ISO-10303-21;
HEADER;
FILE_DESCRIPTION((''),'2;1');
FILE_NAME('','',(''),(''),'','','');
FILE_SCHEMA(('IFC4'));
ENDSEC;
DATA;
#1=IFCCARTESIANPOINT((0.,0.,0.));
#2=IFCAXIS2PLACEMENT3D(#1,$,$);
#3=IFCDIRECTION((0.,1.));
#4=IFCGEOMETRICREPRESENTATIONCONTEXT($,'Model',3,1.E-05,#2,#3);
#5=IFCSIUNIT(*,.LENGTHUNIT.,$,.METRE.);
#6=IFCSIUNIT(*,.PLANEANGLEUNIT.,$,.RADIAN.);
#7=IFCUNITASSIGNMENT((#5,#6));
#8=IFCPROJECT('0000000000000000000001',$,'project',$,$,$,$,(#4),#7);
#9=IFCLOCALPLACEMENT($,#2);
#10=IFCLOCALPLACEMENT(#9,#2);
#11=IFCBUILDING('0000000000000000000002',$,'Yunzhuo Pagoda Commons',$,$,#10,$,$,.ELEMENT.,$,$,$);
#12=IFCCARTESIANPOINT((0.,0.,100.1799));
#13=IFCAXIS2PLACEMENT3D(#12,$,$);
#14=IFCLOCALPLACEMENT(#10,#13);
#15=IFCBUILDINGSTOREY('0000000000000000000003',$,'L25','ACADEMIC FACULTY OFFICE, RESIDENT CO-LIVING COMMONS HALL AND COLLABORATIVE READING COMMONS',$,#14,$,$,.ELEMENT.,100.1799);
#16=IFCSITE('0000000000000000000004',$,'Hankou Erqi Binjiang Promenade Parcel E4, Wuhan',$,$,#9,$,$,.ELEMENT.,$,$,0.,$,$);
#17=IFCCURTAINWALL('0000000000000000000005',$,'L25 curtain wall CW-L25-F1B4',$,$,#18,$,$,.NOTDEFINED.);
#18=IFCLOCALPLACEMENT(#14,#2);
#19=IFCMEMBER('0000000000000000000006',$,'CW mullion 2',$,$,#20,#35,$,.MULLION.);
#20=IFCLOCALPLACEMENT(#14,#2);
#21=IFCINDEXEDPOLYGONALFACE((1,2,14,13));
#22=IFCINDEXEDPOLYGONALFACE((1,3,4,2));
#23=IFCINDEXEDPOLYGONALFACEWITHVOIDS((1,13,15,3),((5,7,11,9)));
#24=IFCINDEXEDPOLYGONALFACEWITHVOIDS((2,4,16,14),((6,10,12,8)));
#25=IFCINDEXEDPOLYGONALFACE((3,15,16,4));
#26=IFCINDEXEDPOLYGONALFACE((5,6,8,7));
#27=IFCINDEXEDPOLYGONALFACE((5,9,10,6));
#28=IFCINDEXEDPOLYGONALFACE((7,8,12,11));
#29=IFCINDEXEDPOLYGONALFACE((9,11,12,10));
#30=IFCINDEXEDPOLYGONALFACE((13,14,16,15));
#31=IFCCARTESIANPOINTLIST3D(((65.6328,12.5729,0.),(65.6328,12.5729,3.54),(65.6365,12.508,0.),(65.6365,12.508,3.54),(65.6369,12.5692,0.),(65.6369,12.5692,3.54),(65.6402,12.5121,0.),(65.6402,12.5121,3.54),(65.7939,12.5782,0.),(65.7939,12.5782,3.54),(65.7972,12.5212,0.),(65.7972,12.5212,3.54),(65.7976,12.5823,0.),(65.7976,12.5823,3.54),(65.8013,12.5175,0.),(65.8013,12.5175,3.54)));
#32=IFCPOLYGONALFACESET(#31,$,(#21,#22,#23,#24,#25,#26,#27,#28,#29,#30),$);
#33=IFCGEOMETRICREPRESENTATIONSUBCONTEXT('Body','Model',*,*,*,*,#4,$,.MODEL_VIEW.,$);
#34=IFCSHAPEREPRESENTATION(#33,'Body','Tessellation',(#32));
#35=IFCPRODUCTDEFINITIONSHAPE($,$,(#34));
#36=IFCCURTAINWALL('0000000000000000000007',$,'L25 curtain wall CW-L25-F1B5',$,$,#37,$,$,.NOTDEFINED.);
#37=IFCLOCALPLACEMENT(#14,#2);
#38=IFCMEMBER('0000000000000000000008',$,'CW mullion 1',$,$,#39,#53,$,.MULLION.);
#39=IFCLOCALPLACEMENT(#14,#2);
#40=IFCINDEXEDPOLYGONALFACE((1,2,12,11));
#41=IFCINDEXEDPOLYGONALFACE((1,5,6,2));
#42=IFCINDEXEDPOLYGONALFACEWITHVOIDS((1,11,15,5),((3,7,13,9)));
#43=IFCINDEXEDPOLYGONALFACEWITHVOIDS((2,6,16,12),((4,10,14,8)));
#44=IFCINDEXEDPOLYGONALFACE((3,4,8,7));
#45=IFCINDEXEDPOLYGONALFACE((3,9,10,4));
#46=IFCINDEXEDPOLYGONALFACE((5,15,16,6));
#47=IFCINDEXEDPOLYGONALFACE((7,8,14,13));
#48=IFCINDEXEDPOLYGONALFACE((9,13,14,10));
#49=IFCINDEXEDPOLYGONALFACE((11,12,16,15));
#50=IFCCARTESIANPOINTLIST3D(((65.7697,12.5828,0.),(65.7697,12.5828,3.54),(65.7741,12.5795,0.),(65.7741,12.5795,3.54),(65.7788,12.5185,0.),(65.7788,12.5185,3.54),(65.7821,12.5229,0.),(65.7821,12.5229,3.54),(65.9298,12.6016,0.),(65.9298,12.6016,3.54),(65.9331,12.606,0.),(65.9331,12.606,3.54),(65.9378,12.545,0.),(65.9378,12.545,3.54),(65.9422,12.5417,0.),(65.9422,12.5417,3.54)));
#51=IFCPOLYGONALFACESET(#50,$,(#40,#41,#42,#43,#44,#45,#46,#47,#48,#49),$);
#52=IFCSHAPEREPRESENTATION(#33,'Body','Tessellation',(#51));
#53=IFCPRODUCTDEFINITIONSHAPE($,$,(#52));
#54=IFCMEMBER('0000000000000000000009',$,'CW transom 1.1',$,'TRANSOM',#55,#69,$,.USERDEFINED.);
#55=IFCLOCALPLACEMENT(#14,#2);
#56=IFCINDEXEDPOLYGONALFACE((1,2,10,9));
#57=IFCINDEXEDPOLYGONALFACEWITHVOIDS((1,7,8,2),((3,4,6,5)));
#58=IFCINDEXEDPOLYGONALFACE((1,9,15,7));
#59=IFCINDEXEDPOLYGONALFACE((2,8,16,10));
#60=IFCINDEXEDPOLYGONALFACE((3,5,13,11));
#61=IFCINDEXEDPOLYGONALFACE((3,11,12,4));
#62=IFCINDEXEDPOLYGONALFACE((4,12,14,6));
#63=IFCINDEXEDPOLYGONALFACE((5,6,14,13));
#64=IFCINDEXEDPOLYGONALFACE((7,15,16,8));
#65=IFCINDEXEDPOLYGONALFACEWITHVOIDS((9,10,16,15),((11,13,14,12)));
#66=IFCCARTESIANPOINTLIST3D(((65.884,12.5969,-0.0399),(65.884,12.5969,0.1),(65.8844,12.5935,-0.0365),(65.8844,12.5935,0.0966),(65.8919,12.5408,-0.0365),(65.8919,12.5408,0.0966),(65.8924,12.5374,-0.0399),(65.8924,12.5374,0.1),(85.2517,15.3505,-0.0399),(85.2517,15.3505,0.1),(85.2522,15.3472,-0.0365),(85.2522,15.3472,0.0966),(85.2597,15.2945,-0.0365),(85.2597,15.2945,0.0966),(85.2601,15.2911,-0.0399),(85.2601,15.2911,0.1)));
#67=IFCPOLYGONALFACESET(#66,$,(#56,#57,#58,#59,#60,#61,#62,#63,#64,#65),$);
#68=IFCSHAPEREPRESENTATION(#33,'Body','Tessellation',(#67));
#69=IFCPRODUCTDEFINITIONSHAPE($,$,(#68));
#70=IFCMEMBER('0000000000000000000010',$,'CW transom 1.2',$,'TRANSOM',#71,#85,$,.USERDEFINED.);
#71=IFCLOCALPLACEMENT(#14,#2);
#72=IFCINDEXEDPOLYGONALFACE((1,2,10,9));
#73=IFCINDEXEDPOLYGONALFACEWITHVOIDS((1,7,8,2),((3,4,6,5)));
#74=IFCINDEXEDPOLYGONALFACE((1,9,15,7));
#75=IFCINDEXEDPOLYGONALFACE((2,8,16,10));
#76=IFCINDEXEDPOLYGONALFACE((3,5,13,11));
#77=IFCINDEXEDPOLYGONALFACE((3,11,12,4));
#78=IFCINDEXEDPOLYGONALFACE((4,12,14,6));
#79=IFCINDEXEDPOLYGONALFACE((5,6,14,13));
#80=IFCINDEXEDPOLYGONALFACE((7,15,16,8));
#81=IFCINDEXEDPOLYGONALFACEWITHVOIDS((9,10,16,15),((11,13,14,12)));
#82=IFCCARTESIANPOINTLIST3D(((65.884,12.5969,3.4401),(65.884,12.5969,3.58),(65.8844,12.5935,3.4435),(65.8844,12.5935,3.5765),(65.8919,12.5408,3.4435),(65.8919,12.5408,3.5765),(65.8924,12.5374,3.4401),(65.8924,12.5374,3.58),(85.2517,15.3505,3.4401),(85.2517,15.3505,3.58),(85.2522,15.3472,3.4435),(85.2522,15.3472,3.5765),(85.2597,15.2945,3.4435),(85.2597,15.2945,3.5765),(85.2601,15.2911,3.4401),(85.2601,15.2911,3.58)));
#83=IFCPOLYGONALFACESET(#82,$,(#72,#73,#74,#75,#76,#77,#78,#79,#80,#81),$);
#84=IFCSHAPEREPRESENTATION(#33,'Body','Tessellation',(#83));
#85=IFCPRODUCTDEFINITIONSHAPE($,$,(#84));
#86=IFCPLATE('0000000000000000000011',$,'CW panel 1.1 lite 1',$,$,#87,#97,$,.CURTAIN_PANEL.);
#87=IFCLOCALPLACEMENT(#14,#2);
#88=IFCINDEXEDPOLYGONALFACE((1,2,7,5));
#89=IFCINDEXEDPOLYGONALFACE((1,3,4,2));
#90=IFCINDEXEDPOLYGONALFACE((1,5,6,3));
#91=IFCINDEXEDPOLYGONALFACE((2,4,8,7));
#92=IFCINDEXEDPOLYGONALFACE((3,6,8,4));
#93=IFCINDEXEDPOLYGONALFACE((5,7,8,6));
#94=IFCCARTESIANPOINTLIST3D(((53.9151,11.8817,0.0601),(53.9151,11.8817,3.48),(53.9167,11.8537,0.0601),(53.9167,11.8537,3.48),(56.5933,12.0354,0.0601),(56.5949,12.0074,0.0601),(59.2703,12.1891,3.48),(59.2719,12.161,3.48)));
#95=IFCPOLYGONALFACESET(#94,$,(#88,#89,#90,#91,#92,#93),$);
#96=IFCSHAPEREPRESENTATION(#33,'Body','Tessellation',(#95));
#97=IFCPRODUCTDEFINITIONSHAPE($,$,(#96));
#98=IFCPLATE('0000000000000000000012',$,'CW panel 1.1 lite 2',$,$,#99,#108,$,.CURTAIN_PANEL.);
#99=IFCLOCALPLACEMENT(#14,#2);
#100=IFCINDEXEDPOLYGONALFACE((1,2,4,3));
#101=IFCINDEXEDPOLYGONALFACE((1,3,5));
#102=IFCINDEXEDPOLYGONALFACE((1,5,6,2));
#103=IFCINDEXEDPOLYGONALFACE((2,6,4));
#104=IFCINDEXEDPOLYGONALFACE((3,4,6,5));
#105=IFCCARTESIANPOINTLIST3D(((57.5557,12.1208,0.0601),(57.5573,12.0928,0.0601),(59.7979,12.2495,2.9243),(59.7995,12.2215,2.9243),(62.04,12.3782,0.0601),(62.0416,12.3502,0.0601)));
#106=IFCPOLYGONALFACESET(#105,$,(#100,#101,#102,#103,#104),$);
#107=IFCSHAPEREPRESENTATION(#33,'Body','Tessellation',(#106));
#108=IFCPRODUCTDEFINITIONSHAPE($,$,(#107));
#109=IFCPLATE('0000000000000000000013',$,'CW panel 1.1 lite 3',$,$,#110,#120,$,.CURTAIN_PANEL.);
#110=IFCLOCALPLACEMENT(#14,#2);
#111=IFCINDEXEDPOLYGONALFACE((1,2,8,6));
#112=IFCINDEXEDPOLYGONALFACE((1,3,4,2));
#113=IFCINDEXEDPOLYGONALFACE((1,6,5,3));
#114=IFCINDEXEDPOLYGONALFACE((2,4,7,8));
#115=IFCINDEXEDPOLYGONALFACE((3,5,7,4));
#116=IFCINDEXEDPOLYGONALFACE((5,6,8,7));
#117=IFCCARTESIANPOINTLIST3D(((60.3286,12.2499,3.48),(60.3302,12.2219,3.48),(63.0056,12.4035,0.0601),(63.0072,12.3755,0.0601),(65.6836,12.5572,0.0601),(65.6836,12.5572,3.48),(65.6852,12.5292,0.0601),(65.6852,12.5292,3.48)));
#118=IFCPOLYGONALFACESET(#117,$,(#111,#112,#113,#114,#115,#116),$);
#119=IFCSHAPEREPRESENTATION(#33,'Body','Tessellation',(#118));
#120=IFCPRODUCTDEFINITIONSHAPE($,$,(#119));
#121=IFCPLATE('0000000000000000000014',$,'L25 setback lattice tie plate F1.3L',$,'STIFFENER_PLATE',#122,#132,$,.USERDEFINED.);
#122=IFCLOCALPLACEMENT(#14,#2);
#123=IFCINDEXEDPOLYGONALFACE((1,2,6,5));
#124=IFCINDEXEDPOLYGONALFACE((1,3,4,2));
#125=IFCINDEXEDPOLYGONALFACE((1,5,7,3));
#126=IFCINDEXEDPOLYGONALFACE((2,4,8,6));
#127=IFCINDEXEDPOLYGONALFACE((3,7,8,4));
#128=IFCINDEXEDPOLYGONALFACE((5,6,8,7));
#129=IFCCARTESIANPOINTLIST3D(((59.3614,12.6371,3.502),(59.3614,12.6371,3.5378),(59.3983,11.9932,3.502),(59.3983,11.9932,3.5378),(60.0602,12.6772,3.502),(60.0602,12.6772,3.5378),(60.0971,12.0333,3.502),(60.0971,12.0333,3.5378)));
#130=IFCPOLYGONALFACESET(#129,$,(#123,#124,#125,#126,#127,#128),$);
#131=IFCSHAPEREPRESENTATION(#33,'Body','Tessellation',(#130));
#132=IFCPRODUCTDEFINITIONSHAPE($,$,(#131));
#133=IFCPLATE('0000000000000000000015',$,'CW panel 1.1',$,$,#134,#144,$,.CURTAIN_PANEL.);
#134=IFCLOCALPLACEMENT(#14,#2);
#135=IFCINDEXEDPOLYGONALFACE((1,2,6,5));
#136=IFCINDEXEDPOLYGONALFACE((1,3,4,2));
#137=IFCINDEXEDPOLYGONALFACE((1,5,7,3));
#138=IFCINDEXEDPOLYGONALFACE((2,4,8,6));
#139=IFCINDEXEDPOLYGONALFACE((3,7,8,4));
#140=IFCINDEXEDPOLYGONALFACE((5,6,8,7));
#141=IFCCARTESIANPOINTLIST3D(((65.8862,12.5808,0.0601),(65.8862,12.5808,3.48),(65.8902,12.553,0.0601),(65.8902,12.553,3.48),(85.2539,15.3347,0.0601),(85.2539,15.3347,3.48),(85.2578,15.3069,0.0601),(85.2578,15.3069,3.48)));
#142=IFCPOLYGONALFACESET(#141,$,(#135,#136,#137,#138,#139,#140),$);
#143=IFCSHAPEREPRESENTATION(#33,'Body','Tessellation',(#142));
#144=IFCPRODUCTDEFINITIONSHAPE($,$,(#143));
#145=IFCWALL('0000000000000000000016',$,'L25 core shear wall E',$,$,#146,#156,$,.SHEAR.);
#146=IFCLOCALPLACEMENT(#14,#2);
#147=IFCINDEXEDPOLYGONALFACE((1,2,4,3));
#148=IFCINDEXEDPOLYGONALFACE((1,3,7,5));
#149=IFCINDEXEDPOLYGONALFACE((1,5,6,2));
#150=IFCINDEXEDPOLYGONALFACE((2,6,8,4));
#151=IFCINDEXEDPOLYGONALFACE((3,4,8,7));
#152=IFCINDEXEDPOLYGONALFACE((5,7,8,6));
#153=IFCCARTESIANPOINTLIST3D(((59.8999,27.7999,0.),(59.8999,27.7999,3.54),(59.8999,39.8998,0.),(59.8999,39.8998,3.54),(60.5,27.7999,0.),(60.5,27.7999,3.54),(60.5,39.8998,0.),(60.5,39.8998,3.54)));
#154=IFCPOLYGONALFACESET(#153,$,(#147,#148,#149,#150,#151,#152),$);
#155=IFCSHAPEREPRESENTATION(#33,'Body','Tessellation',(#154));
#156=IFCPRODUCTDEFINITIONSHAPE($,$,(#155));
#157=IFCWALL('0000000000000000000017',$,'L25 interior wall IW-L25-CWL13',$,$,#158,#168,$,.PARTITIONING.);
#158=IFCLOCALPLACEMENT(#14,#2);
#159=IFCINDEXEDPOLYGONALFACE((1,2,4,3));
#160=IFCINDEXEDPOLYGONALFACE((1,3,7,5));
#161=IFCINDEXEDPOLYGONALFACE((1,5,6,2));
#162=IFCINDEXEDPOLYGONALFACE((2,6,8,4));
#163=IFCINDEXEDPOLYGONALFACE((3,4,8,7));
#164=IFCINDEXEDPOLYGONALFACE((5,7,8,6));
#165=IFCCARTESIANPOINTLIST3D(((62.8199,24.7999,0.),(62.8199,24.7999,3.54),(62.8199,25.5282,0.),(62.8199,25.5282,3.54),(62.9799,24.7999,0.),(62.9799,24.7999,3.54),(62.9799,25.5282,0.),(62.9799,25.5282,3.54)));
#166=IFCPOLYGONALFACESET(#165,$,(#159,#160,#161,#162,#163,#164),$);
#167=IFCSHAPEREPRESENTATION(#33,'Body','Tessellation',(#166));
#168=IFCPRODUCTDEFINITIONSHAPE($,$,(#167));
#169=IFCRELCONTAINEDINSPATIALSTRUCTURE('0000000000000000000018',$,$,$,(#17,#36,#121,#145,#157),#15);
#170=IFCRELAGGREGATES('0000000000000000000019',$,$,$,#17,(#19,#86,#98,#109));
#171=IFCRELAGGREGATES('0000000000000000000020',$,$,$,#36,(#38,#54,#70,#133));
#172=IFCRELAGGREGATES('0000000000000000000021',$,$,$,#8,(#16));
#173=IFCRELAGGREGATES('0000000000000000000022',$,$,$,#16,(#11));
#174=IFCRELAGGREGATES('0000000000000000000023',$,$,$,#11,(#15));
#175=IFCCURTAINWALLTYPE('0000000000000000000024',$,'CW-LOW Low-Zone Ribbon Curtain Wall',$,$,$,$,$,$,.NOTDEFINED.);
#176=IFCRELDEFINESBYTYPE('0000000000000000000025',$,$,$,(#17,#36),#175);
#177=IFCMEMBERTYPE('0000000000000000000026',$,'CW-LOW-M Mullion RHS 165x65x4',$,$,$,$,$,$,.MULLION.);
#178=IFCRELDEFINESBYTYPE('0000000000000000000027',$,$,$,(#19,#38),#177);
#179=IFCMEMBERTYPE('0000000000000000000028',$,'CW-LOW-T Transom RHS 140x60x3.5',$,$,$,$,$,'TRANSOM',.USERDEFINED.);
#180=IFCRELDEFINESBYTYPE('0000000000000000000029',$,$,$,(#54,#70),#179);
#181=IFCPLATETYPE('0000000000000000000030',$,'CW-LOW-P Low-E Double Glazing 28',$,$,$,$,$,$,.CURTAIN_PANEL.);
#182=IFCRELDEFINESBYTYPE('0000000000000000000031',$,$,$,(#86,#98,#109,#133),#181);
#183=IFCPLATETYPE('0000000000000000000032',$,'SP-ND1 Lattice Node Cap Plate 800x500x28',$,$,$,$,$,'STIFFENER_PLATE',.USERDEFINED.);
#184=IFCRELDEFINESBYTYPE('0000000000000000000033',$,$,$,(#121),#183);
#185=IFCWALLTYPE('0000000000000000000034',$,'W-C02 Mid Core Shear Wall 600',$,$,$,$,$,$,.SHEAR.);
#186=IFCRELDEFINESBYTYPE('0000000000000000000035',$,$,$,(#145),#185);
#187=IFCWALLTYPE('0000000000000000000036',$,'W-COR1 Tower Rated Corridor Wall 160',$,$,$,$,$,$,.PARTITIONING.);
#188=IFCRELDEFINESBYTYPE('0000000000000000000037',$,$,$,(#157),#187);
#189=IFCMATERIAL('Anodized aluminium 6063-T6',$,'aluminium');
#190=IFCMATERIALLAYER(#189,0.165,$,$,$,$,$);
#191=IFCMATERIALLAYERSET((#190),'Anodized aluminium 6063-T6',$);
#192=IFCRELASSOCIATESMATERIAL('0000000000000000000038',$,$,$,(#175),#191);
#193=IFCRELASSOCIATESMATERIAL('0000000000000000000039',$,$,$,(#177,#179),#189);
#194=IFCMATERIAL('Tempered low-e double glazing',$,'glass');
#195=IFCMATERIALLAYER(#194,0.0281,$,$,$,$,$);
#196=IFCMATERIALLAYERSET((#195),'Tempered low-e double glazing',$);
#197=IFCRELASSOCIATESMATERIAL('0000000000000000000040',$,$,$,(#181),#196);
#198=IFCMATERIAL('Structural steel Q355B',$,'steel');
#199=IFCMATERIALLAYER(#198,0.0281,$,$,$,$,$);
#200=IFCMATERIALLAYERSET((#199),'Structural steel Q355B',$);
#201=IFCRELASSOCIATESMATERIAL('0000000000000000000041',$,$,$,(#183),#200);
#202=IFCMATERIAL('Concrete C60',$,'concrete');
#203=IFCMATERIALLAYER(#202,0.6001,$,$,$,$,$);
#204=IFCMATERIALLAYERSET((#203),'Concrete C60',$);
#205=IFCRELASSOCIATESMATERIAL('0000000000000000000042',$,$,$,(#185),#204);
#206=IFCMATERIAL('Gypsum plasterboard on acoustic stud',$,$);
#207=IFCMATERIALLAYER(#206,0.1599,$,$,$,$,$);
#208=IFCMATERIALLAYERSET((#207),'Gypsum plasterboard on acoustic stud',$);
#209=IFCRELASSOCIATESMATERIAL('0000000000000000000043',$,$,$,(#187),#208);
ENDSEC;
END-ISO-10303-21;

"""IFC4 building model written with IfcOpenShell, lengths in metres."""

from ifc_helpers import new_model, si_unit, direction, frame, frame_2d, origin, origin_2d, place, context, subcontext, project, spatial, polyline, rectangle, hollow_rectangle, outline, extrude, source, transform, mapped, material, layer, layer_set, material_profile, profile_set, type_object, element, aggregate, save


model = new_model("IFC4")

# Units and contexts
model_context = context("Model", 3, precision=1e-05, world=origin(), true_north=direction((0.0, 1.0)))
body_context = subcontext(model_context, "Body", "Model", "MODEL_VIEW")
ifc_project = project(units=[si_unit("LENGTHUNIT", "METRE"), si_unit("PLANEANGLEUNIT", "RADIAN")], contexts=[model_context])

# Site, building, storey
site_placement = place(None, origin())
site = spatial("IfcSite", under=ifc_project, at=site_placement, Name="Hankou Erqi Binjiang Promenade Parcel E4, Wuhan", CompositionType="ELEMENT", RefElevation=0.0)
building_placement = place(site_placement, origin())
building = spatial("IfcBuilding", under=site, at=building_placement, Name="Yunzhuo Pagoda Commons", CompositionType="ELEMENT")
storey_placement = place(building_placement, frame((0.0, 0.0, 100.1799)))
storey = spatial("IfcBuildingStorey", under=building, at=storey_placement, Name="L25", Description="ACADEMIC FACULTY OFFICE, RESIDENT CO-LIVING COMMONS HALL AND COLLABORATIVE READING COMMONS", CompositionType="ELEMENT", Elevation=100.1799)

# Shared definitions
ifc_material_1 = material(Name="Structural steel Q355B", Category="steel")

# Curtain wall, member
ifc_material_2 = material(Name="Anodized aluminium 6063-T6", Category="aluminium")
ifc_layer_1 = layer(ifc_material_2, 0.165)
ifc_layer_set_1 = layer_set([ifc_layer_1], Name="Anodized aluminium 6063-T6")
curtain_wall_type = type_object("IfcCurtainWallType", Name="CW-LOW Low-Zone Ribbon Curtain Wall", PredefinedType="NOTDEFINED", material=ifc_layer_set_1)
curtain_wall_1_placement = place(storey_placement, origin())
curtain_wall_1 = element("IfcCurtainWall", 1, at=curtain_wall_1_placement, inside=storey, type_object=curtain_wall_type, Name="L25 curtain wall CW-L25-F1B4", PredefinedType="NOTDEFINED")
ifc_material_profile_1 = material_profile(ifc_material_2, hollow_rectangle(XDim=0.0649, YDim=0.165, WallThickness=0.0039, at=origin_2d()), Name="Anodized aluminium 6063-T6")
ifc_profile_set_1 = profile_set([ifc_material_profile_1], Name="Anodized aluminium 6063-T6")
member_type_1 = type_object("IfcMemberType", Name="CW-LOW-M Mullion RHS 165x65x4", PredefinedType="MULLION", material=ifc_profile_set_1)
shared_shape_1 = source(origin(), body_context, "Body", "SweptSolid", [
    extrude(hollow_rectangle(XDim=0.0649, YDim=0.165, WallThickness=0.0039, at=origin_2d()), origin(), (0.0, 0.0, 1.0), 3.54),
])
member_1_placement = place(storey_placement, frame((65.717, 12.5452, 0.0), z_axis=(0.0, 0.0, 1.0), x_axis=(-0.057299, 0.998357, 0.0)))
member_1 = element("IfcMember", 2, at=member_1_placement, type_object=member_type_1, Name="CW mullion 2", PredefinedType="MULLION", context=body_context, shape_type="MappedRepresentation", body=[
    mapped(shared_shape_1, transform((0.0, 0.0, 0.0), scale=1.0)),
])

# Curtain wall, members
curtain_wall_2_placement = place(storey_placement, origin())
curtain_wall_2 = element("IfcCurtainWall", 3, at=curtain_wall_2_placement, inside=storey, type_object=curtain_wall_type, Name="L25 curtain wall CW-L25-F1B5", PredefinedType="NOTDEFINED")
member_2_placement = place(storey_placement, frame((65.856, 12.5623, 0.0), z_axis=(0.0, 0.0, 1.0), x_axis=(-0.140774, 0.990042, 0.0)))
member_2 = element("IfcMember", 4, at=member_2_placement, type_object=member_type_1, Name="CW mullion 1", PredefinedType="MULLION", context=body_context, shape_type="MappedRepresentation", body=[
    mapped(shared_shape_1, transform((0.0, 0.0, 0.0), scale=1.0)),
])
ifc_material_profile_2 = material_profile(ifc_material_2, hollow_rectangle(XDim=0.0601, YDim=0.1399, WallThickness=0.0034, at=origin_2d()), Name="Anodized aluminium 6063-T6")
ifc_profile_set_2 = profile_set([ifc_material_profile_2], Name="Anodized aluminium 6063-T6")
member_type_2 = type_object("IfcMemberType", Name="CW-LOW-T Transom RHS 140x60x3.5", ElementType="TRANSOM", PredefinedType="USERDEFINED", material=ifc_profile_set_2)
shared_shape_2 = source(origin(), body_context, "Body", "SweptSolid", [
    extrude(hollow_rectangle(XDim=0.0601, YDim=0.1399, WallThickness=0.0034, at=origin_2d()), origin(), (0.0, 0.0, 1.0), 19.5625),
])
member_3_placement = place(storey_placement, frame((65.8882, 12.5671, 0.03), z_axis=(0.990043, 0.140763, 0.0), x_axis=(-0.140763, 0.990043, 0.0)))
member_3 = element("IfcMember", 5, at=member_3_placement, type_object=member_type_2, Name="CW transom 1.1", ObjectType="TRANSOM", PredefinedType="USERDEFINED", context=body_context, shape_type="MappedRepresentation", body=[
    mapped(shared_shape_2, transform((0.0, 0.0, 0.0), scale=1.0)),
])
member_4_placement = place(storey_placement, frame((65.8882, 12.5671, 3.51), z_axis=(0.990043, 0.140763, 0.0), x_axis=(-0.140763, 0.990043, 0.0)))
member_4 = element("IfcMember", 6, at=member_4_placement, type_object=member_type_2, Name="CW transom 1.2", ObjectType="TRANSOM", PredefinedType="USERDEFINED", context=body_context, shape_type="MappedRepresentation", body=[
    mapped(shared_shape_2, transform((0.0, 0.0, 0.0), scale=1.0)),
])

# Plates
ifc_material_3 = material(Name="Tempered low-e double glazing", Category="glass")
ifc_layer_2 = layer(ifc_material_3, 0.0281)
ifc_layer_set_2 = layer_set([ifc_layer_2], Name="Tempered low-e double glazing")
plate_type_1 = type_object("IfcPlateType", Name="CW-LOW-P Low-E Double Glazing 28", PredefinedType="CURTAIN_PANEL", material=ifc_layer_set_2)
plate_1_placement = place(storey_placement, frame((56.5928, 12.0354, 1.77), z_axis=(0.057299, -0.998357, 0.0), x_axis=(0.998357, 0.057299, 0.0)))
plate_1 = element("IfcPlate", 7, at=plate_1_placement, type_object=plate_type_1, Name="CW panel 1.1 lite 1", PredefinedType="CURTAIN_PANEL", context=body_context, shape_type="SweptSolid", body=[
    extrude(outline(polyline([(-2.6821, -1.71), (0.0005, -1.71), (2.6819, 1.71), (-2.6821, 1.71), (-2.6821, -1.71)])), origin(), (0.0, 0.0, 1.0), 0.0281),
])
plate_2_placement = place(storey_placement, frame((59.7979, 12.2495, 1.4922), z_axis=(0.057299, -0.998357, 0.0), x_axis=(0.998357, 0.057299, 0.0)))
plate_2 = element("IfcPlate", 8, at=plate_2_placement, type_object=plate_type_1, Name="CW panel 1.1 lite 2", PredefinedType="CURTAIN_PANEL", context=body_context, shape_type="SweptSolid", body=[
    extrude(outline(polyline([(-2.2458, -1.4321), (2.2458, -1.4321), (0.0, 1.4321), (-2.2458, -1.4321)])), origin(), (0.0, 0.0, 1.0), 0.0281),
])
plate_3_placement = place(storey_placement, frame((63.0061, 12.4036, 1.77), z_axis=(0.057299, -0.998357, 0.0), x_axis=(0.998357, 0.057299, 0.0)))
plate_3 = element("IfcPlate", 9, at=plate_3_placement, type_object=plate_type_1, Name="CW panel 1.1 lite 3", PredefinedType="CURTAIN_PANEL", context=body_context, shape_type="SweptSolid", body=[
    extrude(outline(polyline([(-2.6819, 1.71), (-0.0005, -1.71), (2.6819, -1.71), (2.6819, 1.71), (-2.6819, 1.71)])), origin(), (0.0, 0.0, 1.0), 0.0281),
])
aggregate(curtain_wall_1, [member_1, plate_1, plate_2, plate_3])
ifc_layer_3 = layer(ifc_material_1, 0.0281)
ifc_layer_set_3 = layer_set([ifc_layer_3], Name="Structural steel Q355B")
plate_type_2 = type_object("IfcPlateType", Name="SP-ND1 Lattice Node Cap Plate 800x500x28", ElementType="STIFFENER_PLATE", PredefinedType="USERDEFINED", material=ifc_layer_set_3)
shared_shape_3 = source(origin(), body_context, "Body", "SweptSolid", [
    extrude(rectangle(XDim=0.7, YDim=0.645, at=origin_2d()), origin(), (0.0, 0.0, 1.0), 0.0359),
])
plate_4_placement = place(storey_placement, frame((59.7292, 12.3352, 3.502), z_axis=(0.0, 0.0, 1.0), x_axis=(0.998357, 0.057303, 0.0)))
element("IfcPlate", 10, at=plate_4_placement, inside=storey, type_object=plate_type_2, Name="L25 setback lattice tie plate F1.3L", ObjectType="STIFFENER_PLATE", PredefinedType="USERDEFINED", context=body_context, shape_type="MappedRepresentation", body=[
    mapped(shared_shape_3, transform((0.0, 0.0, 0.0), scale=1.0)),
])
shared_shape_4 = source(origin(), body_context, "Body", "SweptSolid", [
    extrude(rectangle(XDim=19.5625, YDim=0.0281, at=origin_2d()), origin(), (0.0, 0.0, 1.0), 3.4199),
])
plate_5_placement = place(storey_placement, frame((75.572, 13.9438, 0.0601), z_axis=(0.0, 0.0, 1.0), x_axis=(0.990042, 0.140774, 0.0)))
plate_5 = element("IfcPlate", 11, at=plate_5_placement, type_object=plate_type_1, Name="CW panel 1.1", PredefinedType="CURTAIN_PANEL", context=body_context, shape_type="MappedRepresentation", body=[
    mapped(shared_shape_4, transform((0.0, 0.0, 0.0), scale=1.0)),
])
aggregate(curtain_wall_2, [member_2, member_3, member_4, plate_5])

# Walls
ifc_material_4 = material(Name="Concrete C60", Category="concrete")
ifc_layer_4 = layer(ifc_material_4, 0.6001)
ifc_layer_set_4 = layer_set([ifc_layer_4], Name="Concrete C60")
wall_type_1 = type_object("IfcWallType", Name="W-C02 Mid Core Shear Wall 600", PredefinedType="SHEAR", material=ifc_layer_set_4)
wall_1_placement = place(storey_placement, frame((60.2, 27.8, 0.0), z_axis=(0.0, 0.0, 1.0), x_axis=(0.0, 1.0, 0.0)))
element("IfcWall", 12, at=wall_1_placement, inside=storey, type_object=wall_type_1, Name="L25 core shear wall E", PredefinedType="SHEAR", context=body_context, shape_type="SweptSolid", body=[
    extrude(rectangle(XDim=12.0999, YDim=0.6001, at=frame_2d((6.0498, 0.0))), origin(), (0.0, 0.0, 1.0), 3.54),
])
ifc_material_5 = material(Name="Gypsum plasterboard on acoustic stud")
ifc_layer_5 = layer(ifc_material_5, 0.1599)
ifc_layer_set_5 = layer_set([ifc_layer_5], Name="Gypsum plasterboard on acoustic stud")
wall_type_2 = type_object("IfcWallType", Name="W-COR1 Tower Rated Corridor Wall 160", PredefinedType="PARTITIONING", material=ifc_layer_set_5)
wall_2_placement = place(storey_placement, frame((62.8999, 25.5283, 0.0), z_axis=(0.0, 0.0, 1.0), x_axis=(0.0, -1.0, 0.0)))
element("IfcWall", 13, at=wall_2_placement, inside=storey, type_object=wall_type_2, Name="L25 interior wall IW-L25-CWL13", PredefinedType="PARTITIONING", context=body_context, shape_type="SweptSolid", body=[
    extrude(rectangle(XDim=0.7283, YDim=0.1599, at=frame_2d((0.3643, 0.0))), origin(), (0.0, 0.0, 1.0), 3.54),
])

save(model, "model.ifc")
